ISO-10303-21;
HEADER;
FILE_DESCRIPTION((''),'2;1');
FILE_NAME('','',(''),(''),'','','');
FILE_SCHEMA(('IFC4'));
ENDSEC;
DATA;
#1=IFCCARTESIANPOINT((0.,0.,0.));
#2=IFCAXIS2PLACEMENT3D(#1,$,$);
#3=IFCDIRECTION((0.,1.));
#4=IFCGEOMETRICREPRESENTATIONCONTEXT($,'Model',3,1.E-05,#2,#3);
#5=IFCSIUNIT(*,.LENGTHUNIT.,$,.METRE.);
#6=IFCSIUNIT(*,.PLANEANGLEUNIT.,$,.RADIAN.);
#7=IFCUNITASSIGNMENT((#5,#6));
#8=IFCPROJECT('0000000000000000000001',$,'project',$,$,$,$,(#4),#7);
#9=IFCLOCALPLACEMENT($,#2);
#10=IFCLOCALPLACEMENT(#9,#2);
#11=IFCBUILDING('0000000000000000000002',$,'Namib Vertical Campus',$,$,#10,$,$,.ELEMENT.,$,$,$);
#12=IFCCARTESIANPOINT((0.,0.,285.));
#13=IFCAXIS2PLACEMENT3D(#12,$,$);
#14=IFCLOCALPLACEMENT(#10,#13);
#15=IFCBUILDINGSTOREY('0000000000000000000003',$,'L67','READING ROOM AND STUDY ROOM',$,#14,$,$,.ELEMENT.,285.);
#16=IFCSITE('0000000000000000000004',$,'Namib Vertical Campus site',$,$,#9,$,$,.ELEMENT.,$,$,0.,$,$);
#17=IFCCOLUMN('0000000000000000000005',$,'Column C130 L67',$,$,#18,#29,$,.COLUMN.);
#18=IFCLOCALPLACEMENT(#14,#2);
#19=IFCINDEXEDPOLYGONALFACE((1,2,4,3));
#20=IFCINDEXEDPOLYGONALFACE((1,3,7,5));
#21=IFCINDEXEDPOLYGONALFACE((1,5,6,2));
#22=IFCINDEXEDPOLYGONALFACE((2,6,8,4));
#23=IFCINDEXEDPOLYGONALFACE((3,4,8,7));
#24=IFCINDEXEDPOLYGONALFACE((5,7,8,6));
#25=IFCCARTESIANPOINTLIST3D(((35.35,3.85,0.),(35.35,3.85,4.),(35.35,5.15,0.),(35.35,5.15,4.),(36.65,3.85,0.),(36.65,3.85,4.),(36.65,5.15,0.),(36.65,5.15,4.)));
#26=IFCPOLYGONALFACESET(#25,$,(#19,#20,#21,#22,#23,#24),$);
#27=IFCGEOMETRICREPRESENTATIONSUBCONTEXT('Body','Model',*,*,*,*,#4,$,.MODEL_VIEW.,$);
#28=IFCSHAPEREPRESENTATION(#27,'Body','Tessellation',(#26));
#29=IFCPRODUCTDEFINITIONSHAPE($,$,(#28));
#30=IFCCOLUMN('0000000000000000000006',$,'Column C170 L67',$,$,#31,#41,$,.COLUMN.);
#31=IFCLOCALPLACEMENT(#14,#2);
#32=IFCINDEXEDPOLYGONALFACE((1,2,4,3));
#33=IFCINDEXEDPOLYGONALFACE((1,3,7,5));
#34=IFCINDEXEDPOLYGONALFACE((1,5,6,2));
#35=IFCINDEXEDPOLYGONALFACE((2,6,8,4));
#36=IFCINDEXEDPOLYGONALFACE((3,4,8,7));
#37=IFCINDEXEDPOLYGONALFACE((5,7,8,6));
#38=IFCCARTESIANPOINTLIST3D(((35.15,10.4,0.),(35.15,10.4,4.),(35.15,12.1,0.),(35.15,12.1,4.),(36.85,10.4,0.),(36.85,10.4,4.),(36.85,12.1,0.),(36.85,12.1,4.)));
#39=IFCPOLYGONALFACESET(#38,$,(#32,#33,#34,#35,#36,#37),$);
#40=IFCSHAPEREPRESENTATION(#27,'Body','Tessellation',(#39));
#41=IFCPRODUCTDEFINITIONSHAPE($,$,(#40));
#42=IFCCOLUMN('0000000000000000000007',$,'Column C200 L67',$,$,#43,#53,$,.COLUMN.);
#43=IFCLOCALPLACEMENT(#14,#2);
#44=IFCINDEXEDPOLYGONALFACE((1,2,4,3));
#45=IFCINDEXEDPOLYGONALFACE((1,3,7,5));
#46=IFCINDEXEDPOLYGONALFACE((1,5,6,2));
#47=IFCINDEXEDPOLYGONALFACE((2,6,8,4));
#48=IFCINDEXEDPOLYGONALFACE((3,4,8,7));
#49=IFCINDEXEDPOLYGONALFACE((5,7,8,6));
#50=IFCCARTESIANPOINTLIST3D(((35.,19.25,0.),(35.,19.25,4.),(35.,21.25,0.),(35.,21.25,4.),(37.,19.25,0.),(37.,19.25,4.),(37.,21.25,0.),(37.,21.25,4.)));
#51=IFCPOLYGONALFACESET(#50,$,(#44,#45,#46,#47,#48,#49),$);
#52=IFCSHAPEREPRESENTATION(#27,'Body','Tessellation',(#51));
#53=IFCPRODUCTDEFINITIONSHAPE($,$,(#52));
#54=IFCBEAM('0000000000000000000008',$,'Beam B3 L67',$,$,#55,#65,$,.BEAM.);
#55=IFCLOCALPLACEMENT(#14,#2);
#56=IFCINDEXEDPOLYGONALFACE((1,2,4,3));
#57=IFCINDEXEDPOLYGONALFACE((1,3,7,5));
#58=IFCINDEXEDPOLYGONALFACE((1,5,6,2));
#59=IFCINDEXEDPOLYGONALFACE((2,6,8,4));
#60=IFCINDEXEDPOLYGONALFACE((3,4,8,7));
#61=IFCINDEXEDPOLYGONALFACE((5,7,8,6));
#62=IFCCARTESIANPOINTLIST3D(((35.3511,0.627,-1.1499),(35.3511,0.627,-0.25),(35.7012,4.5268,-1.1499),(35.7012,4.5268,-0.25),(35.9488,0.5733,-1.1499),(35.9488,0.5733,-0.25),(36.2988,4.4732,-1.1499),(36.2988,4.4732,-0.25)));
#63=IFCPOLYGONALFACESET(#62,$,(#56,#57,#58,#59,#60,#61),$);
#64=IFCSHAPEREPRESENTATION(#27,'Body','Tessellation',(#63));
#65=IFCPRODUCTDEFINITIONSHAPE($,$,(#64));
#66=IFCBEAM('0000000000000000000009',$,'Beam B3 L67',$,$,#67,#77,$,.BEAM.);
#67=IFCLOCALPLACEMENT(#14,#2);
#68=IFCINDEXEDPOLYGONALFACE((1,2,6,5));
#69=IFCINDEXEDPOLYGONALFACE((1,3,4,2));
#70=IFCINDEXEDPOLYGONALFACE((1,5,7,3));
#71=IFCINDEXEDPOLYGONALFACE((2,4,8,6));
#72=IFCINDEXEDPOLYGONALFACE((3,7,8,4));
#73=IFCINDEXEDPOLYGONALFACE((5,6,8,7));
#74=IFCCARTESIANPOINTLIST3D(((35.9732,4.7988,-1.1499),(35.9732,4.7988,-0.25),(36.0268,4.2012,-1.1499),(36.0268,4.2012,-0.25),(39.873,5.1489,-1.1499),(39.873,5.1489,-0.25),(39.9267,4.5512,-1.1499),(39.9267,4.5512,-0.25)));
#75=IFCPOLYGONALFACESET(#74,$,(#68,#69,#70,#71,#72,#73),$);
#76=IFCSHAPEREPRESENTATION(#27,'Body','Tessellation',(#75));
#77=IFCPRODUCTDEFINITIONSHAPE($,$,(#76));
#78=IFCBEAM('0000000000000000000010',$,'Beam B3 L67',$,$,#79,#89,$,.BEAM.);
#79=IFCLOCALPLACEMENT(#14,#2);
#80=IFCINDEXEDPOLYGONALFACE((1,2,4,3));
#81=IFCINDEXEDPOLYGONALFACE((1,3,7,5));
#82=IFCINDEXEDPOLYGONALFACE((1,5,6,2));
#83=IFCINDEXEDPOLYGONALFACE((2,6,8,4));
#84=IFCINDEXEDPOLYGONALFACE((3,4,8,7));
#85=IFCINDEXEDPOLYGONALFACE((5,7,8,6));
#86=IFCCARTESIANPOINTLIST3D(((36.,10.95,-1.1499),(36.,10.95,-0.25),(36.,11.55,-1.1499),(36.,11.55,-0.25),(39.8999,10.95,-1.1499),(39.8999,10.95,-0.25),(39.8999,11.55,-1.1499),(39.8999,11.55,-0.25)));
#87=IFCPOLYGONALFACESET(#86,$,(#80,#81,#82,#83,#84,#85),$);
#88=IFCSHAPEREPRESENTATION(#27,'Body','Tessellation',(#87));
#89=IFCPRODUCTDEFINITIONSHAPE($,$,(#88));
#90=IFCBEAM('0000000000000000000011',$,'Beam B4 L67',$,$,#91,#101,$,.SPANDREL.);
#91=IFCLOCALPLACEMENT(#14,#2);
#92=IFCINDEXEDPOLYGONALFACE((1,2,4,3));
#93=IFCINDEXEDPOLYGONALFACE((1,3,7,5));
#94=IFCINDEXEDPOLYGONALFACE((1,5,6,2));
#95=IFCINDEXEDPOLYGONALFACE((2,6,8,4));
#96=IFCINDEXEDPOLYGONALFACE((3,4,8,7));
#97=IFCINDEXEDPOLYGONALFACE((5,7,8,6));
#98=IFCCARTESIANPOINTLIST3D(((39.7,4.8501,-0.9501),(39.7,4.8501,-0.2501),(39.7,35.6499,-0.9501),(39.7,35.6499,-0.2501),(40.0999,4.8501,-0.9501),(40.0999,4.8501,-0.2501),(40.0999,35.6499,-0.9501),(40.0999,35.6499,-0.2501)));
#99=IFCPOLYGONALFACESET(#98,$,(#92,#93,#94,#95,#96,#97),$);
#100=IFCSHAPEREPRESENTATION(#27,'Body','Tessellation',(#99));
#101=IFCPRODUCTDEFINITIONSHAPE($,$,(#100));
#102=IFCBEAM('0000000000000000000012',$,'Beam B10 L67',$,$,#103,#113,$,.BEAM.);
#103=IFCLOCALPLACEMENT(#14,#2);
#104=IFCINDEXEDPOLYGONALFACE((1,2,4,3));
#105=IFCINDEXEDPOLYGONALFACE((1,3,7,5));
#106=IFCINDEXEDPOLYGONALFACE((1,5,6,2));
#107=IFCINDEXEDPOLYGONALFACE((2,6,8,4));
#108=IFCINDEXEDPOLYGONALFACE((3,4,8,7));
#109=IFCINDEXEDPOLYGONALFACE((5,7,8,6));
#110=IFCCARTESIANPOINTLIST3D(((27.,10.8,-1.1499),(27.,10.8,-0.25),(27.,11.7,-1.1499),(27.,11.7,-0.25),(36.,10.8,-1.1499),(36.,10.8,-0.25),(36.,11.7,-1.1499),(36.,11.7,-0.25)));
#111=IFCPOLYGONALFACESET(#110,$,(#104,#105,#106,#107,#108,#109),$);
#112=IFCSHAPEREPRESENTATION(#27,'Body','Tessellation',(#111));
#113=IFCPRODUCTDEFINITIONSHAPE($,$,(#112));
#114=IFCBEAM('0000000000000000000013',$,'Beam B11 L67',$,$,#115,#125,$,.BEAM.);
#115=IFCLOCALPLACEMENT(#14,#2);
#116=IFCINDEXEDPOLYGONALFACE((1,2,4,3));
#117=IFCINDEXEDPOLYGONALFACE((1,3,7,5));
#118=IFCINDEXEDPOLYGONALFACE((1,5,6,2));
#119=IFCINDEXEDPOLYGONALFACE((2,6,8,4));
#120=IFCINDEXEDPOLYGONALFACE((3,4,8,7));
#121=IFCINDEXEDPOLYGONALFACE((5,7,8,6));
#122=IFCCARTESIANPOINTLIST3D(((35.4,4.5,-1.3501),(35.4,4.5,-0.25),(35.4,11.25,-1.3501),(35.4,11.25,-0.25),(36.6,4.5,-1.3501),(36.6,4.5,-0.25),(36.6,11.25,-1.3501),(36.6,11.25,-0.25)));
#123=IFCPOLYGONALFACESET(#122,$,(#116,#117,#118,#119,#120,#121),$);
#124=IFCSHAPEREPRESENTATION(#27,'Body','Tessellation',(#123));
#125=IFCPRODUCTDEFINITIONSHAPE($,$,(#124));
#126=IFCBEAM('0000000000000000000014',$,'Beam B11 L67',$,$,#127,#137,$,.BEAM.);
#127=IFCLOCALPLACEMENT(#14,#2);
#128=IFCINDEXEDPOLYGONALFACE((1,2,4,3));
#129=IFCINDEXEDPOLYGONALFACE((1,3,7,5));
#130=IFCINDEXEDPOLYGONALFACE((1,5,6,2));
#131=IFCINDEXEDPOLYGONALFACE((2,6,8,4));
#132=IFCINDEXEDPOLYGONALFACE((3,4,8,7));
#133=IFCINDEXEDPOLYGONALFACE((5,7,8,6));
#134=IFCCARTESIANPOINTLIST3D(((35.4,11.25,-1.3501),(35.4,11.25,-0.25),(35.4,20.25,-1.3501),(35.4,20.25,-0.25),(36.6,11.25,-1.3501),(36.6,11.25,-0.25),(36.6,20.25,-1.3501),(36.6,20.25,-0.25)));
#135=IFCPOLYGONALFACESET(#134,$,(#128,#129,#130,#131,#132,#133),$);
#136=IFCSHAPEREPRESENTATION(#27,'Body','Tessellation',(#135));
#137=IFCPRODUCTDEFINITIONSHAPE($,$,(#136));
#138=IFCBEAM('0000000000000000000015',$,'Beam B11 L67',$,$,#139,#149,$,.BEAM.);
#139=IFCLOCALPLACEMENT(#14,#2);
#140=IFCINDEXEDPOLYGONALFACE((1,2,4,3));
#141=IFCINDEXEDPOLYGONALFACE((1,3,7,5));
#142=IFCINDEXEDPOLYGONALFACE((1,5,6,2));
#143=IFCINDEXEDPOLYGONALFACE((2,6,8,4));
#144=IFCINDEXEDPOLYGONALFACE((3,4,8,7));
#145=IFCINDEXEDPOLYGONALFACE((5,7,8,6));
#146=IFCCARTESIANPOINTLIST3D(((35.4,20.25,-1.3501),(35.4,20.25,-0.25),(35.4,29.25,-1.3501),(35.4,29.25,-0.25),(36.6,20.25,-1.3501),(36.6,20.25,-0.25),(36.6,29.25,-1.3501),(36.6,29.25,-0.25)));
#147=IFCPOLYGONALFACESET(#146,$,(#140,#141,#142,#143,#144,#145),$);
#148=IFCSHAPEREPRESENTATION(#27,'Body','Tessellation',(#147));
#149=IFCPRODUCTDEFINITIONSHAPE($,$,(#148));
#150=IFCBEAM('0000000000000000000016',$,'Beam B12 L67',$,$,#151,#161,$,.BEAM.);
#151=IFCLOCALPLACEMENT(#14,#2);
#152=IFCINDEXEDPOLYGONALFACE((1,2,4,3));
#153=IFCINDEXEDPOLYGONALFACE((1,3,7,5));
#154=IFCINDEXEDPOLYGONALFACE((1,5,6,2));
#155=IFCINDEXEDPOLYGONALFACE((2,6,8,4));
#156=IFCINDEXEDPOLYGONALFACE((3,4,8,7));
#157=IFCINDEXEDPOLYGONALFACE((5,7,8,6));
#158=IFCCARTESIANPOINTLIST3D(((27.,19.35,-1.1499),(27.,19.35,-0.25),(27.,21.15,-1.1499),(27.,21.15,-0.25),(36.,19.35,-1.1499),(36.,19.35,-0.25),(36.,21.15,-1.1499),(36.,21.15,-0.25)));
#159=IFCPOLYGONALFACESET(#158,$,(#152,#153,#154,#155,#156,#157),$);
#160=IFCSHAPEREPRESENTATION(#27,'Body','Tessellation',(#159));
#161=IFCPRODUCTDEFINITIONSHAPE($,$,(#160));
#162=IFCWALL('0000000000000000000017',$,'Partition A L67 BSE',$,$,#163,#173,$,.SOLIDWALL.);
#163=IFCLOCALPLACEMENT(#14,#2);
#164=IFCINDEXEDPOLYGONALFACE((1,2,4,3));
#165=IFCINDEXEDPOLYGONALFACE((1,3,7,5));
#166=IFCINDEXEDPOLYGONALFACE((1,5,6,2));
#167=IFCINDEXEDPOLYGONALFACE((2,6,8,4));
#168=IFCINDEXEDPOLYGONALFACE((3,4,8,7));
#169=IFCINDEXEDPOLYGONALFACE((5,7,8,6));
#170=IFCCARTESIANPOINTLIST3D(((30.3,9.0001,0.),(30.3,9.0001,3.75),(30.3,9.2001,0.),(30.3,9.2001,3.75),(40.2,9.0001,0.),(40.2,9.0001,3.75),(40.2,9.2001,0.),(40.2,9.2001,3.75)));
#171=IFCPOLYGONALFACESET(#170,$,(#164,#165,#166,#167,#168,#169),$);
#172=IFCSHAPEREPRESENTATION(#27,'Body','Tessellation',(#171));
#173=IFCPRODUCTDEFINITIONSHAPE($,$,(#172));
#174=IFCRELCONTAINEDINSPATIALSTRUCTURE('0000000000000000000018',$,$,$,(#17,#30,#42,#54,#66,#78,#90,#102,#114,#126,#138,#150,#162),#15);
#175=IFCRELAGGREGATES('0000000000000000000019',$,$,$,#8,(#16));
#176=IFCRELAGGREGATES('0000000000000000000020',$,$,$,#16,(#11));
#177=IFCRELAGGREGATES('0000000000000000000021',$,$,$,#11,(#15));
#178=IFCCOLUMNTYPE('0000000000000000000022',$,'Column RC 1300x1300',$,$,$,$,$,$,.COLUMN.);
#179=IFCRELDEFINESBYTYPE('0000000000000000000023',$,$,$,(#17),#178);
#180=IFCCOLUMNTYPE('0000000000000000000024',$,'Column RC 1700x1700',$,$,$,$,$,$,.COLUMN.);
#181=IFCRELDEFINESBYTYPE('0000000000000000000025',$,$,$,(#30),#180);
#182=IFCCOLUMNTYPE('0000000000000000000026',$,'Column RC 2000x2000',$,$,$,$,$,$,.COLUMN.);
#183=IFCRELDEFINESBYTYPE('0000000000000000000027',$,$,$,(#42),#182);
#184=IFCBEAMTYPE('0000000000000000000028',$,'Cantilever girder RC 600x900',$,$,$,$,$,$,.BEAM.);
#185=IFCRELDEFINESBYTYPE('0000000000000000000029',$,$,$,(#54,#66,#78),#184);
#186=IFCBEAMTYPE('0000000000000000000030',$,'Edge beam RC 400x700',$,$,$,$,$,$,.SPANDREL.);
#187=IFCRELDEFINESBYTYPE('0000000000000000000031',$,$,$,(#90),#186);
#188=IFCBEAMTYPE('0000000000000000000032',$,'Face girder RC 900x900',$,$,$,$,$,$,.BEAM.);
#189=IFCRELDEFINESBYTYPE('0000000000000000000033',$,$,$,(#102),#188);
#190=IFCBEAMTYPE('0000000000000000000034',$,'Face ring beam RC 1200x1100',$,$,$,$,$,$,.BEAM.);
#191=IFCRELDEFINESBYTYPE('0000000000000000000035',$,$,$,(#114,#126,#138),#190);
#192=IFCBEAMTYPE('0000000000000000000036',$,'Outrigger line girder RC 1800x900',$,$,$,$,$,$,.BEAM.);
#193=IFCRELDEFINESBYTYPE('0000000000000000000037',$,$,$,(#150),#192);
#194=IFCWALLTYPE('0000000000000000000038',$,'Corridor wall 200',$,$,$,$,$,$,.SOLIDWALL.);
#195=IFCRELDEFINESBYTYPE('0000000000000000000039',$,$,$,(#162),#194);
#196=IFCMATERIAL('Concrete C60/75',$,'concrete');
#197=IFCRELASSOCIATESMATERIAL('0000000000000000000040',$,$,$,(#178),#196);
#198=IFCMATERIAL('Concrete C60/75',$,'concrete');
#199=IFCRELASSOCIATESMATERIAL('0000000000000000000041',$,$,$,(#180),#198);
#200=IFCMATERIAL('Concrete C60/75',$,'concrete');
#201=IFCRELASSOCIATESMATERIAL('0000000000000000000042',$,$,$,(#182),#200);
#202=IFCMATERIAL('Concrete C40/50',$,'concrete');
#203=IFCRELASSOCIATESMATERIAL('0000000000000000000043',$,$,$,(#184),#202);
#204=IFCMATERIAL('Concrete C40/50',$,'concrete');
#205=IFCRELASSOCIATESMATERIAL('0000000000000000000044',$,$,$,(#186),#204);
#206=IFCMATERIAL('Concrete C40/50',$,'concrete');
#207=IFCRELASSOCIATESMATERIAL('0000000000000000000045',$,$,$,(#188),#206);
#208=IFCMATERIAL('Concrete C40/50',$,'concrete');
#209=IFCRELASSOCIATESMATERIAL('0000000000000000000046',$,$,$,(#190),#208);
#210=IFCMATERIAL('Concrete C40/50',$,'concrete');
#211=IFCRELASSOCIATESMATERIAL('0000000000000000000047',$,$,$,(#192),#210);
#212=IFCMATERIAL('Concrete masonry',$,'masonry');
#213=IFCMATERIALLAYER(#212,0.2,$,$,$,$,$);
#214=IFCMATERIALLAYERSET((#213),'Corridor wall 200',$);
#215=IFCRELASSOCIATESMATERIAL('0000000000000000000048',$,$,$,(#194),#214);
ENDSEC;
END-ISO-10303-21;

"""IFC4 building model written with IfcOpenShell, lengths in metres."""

from ifc_helpers import new_model, si_unit, direction, frame, frame_2d, origin, origin_2d, place, context, subcontext, project, spatial, rectangle, extrude, material, layer, layer_set, material_profile, profile_set, type_object, element, save


model = new_model("IFC4")

# Units and contexts
model_context = context("Model", 3, precision=1e-05, world=origin(), true_north=direction((0.0, 1.0)))
body_context = subcontext(model_context, "Body", "Model", "MODEL_VIEW")
ifc_project = project(units=[si_unit("LENGTHUNIT", "METRE"), si_unit("PLANEANGLEUNIT", "RADIAN")], contexts=[model_context])

# Site, building, storey
site_placement = place(None, origin())
site = spatial("IfcSite", under=ifc_project, at=site_placement, Name="Namib Vertical Campus site", CompositionType="ELEMENT", RefElevation=0.0)
building_placement = place(site_placement, origin())
building = spatial("IfcBuilding", under=site, at=building_placement, Name="Namib Vertical Campus", CompositionType="ELEMENT")
storey_placement = place(building_placement, frame((0.0, 0.0, 285.0)))
storey = spatial("IfcBuildingStorey", under=building, at=storey_placement, Name="L67", Description="READING ROOM AND STUDY ROOM", CompositionType="ELEMENT", Elevation=285.0)

# Columns
ifc_material_1 = material(Name="Concrete C60/75", Category="concrete")
ifc_material_profile_1 = material_profile(ifc_material_1, rectangle(XDim=1.3, YDim=1.3, at=origin_2d()))
ifc_profile_set_1 = profile_set([ifc_material_profile_1], Name="Concrete C60/75")
column_type_1 = type_object("IfcColumnType", Name="Column RC 1300x1300", PredefinedType="COLUMN", material=ifc_profile_set_1)
column_1_placement = place(storey_placement, frame((36.0, 4.5, 0.0), z_axis=(0.0, 0.0, 1.0), x_axis=(1.0, 0.0, 0.0)))
element("IfcColumn", 1, at=column_1_placement, inside=storey, type_object=column_type_1, Name="Column C130 L67", PredefinedType="COLUMN", context=body_context, shape_type="SweptSolid", body=[
    extrude(rectangle(XDim=1.3, YDim=1.3, at=origin_2d()), origin(), (0.0, 0.0, 1.0), 4.0),
])
ifc_material_2 = material(Name="Concrete C60/75", Category="concrete")
ifc_material_profile_2 = material_profile(ifc_material_2, rectangle(XDim=1.7, YDim=1.7, at=origin_2d()))
ifc_profile_set_2 = profile_set([ifc_material_profile_2], Name="Concrete C60/75")
column_type_2 = type_object("IfcColumnType", Name="Column RC 1700x1700", PredefinedType="COLUMN", material=ifc_profile_set_2)
column_2_placement = place(storey_placement, frame((36.0, 11.25, 0.0), z_axis=(0.0, 0.0, 1.0), x_axis=(1.0, 0.0, 0.0)))
element("IfcColumn", 2, at=column_2_placement, inside=storey, type_object=column_type_2, Name="Column C170 L67", PredefinedType="COLUMN", context=body_context, shape_type="SweptSolid", body=[
    extrude(rectangle(XDim=1.7, YDim=1.7, at=origin_2d()), origin(), (0.0, 0.0, 1.0), 4.0),
])
ifc_material_3 = material(Name="Concrete C60/75", Category="concrete")
ifc_material_profile_3 = material_profile(ifc_material_3, rectangle(XDim=2.0, YDim=2.0, at=origin_2d()))
ifc_profile_set_3 = profile_set([ifc_material_profile_3], Name="Concrete C60/75")
column_type_3 = type_object("IfcColumnType", Name="Column RC 2000x2000", PredefinedType="COLUMN", material=ifc_profile_set_3)
column_3_placement = place(storey_placement, frame((36.0, 20.25, 0.0), z_axis=(0.0, 0.0, 1.0), x_axis=(1.0, 0.0, 0.0)))
element("IfcColumn", 3, at=column_3_placement, inside=storey, type_object=column_type_3, Name="Column C200 L67", PredefinedType="COLUMN", context=body_context, shape_type="SweptSolid", body=[
    extrude(rectangle(XDim=2.0, YDim=2.0, at=origin_2d()), origin(), (0.0, 0.0, 1.0), 4.0),
])

# Beams
ifc_material_4 = material(Name="Concrete C40/50", Category="concrete")
ifc_material_profile_4 = material_profile(ifc_material_4, rectangle(XDim=0.6001, YDim=0.8999, at=origin_2d()))
ifc_profile_set_4 = profile_set([ifc_material_profile_4], Name="Concrete C40/50")
beam_type_1 = type_object("IfcBeamType", Name="Cantilever girder RC 600x900", PredefinedType="BEAM", material=ifc_profile_set_4)
for number, where, z_axis, x_axis, name in (
    (4, (36.0, 4.5, -0.7), (-0.089411, -0.995995, 0.0), (0.995995, -0.089411, 0.0), "Beam B3 L67"),
    (5, (36.0, 4.5, -0.7), (0.995995, 0.089411, 0.0), (-0.089411, 0.995995, 0.0), "Beam B3 L67"),
):
    element("IfcBeam", number, at=place(storey_placement, frame(where, z_axis=z_axis, x_axis=x_axis)), inside=storey, type_object=beam_type_1, Name=name, PredefinedType="BEAM", context=body_context, shape_type="SweptSolid", body=[
        extrude(rectangle(XDim=0.6001, YDim=0.8999, at=origin_2d()), origin(), (0.0, 0.0, 1.0), 3.9155),
    ])
beam_1_placement = place(storey_placement, frame((36.0, 11.25, -0.7), z_axis=(1.0, 0.0, 0.0), x_axis=(0.0, 1.0, 0.0)))
element("IfcBeam", 6, at=beam_1_placement, inside=storey, type_object=beam_type_1, Name="Beam B3 L67", PredefinedType="BEAM", context=body_context, shape_type="SweptSolid", body=[
    extrude(rectangle(XDim=0.6001, YDim=0.8999, at=origin_2d()), origin(), (0.0, 0.0, 1.0), 3.8999),
])
ifc_material_5 = material(Name="Concrete C40/50", Category="concrete")
ifc_material_profile_5 = material_profile(ifc_material_5, rectangle(XDim=0.3999, YDim=0.7, at=origin_2d()))
ifc_profile_set_5 = profile_set([ifc_material_profile_5], Name="Concrete C40/50")
beam_type_2 = type_object("IfcBeamType", Name="Edge beam RC 400x700", PredefinedType="SPANDREL", material=ifc_profile_set_5)
beam_2_placement = place(storey_placement, frame((39.8999, 4.8501, -0.6001), z_axis=(0.0, 1.0, 0.0), x_axis=(-1.0, 0.0, 0.0)))
element("IfcBeam", 7, at=beam_2_placement, inside=storey, type_object=beam_type_2, Name="Beam B4 L67", PredefinedType="SPANDREL", context=body_context, shape_type="SweptSolid", body=[
    extrude(rectangle(XDim=0.3999, YDim=0.7, at=origin_2d()), origin(), (0.0, 0.0, 1.0), 30.7998),
])
ifc_material_6 = material(Name="Concrete C40/50", Category="concrete")
ifc_material_profile_6 = material_profile(ifc_material_6, rectangle(XDim=0.8999, YDim=0.8999, at=origin_2d()))
ifc_profile_set_6 = profile_set([ifc_material_profile_6], Name="Concrete C40/50")
beam_type_3 = type_object("IfcBeamType", Name="Face girder RC 900x900", PredefinedType="BEAM", material=ifc_profile_set_6)
beam_3_placement = place(storey_placement, frame((36.0, 11.25, -0.7), z_axis=(-1.0, 0.0, 0.0), x_axis=(0.0, -1.0, 0.0)))
element("IfcBeam", 8, at=beam_3_placement, inside=storey, type_object=beam_type_3, Name="Beam B10 L67", PredefinedType="BEAM", context=body_context, shape_type="SweptSolid", body=[
    extrude(rectangle(XDim=0.8999, YDim=0.8999, at=origin_2d()), origin(), (0.0, 0.0, 1.0), 9.0),
])
ifc_material_7 = material(Name="Concrete C40/50", Category="concrete")
ifc_material_profile_7 = material_profile(ifc_material_7, rectangle(XDim=1.2, YDim=1.1001, at=origin_2d()))
ifc_profile_set_7 = profile_set([ifc_material_profile_7], Name="Concrete C40/50")
beam_type_4 = type_object("IfcBeamType", Name="Face ring beam RC 1200x1100", PredefinedType="BEAM", material=ifc_profile_set_7)
beam_4_placement = place(storey_placement, frame((36.0, 4.5, -0.8), z_axis=(0.0, 1.0, 0.0), x_axis=(-1.0, 0.0, 0.0)))
element("IfcBeam", 9, at=beam_4_placement, inside=storey, type_object=beam_type_4, Name="Beam B11 L67", PredefinedType="BEAM", context=body_context, shape_type="SweptSolid", body=[
    extrude(rectangle(XDim=1.2, YDim=1.1001, at=origin_2d()), origin(), (0.0, 0.0, 1.0), 6.75),
])
for number, where, z_axis, x_axis, name in (
    (10, (36.0, 11.25, -0.8), (0.0, 1.0, 0.0), (-1.0, 0.0, 0.0), "Beam B11 L67"),
    (11, (36.0, 20.25, -0.8), (0.0, 1.0, 0.0), (-1.0, 0.0, 0.0), "Beam B11 L67"),
):
    element("IfcBeam", number, at=place(storey_placement, frame(where, z_axis=z_axis, x_axis=x_axis)), inside=storey, type_object=beam_type_4, Name=name, PredefinedType="BEAM", context=body_context, shape_type="SweptSolid", body=[
        extrude(rectangle(XDim=1.2, YDim=1.1001, at=origin_2d()), origin(), (0.0, 0.0, 1.0), 9.0),
    ])
ifc_material_8 = material(Name="Concrete C40/50", Category="concrete")
ifc_material_profile_8 = material_profile(ifc_material_8, rectangle(XDim=1.8, YDim=0.8999, at=origin_2d()))
ifc_profile_set_8 = profile_set([ifc_material_profile_8], Name="Concrete C40/50")
beam_type_5 = type_object("IfcBeamType", Name="Outrigger line girder RC 1800x900", PredefinedType="BEAM", material=ifc_profile_set_8)
beam_5_placement = place(storey_placement, frame((36.0, 20.25, -0.7), z_axis=(-1.0, 0.0, 0.0), x_axis=(0.0, -1.0, 0.0)))
element("IfcBeam", 12, at=beam_5_placement, inside=storey, type_object=beam_type_5, Name="Beam B12 L67", PredefinedType="BEAM", context=body_context, shape_type="SweptSolid", body=[
    extrude(rectangle(XDim=1.8, YDim=0.8999, at=origin_2d()), origin(), (0.0, 0.0, 1.0), 9.0),
])

# Wall
ifc_material_9 = material(Name="Concrete masonry", Category="masonry")
ifc_layer_1 = layer(ifc_material_9, 0.2)
ifc_layer_set_1 = layer_set([ifc_layer_1], Name="Corridor wall 200")
wall_type_1 = type_object("IfcWallType", Name="Corridor wall 200", PredefinedType="SOLIDWALL", material=ifc_layer_set_1)
wall_1_placement = place(storey_placement, frame((30.3, 9.1001, 0.0), z_axis=(0.0, 0.0, 1.0), x_axis=(1.0, 0.0, 0.0)))
element("IfcWall", 13, at=wall_1_placement, inside=storey, type_object=wall_type_1, Name="Partition A L67 BSE", PredefinedType="SOLIDWALL", context=body_context, shape_type="SweptSolid", body=[
    extrude(rectangle(XDim=9.8999, YDim=0.2, at=frame_2d((4.95, 0.0))), origin(), (0.0, 0.0, 1.0), 3.75),
])

save(model, "model.ifc")
